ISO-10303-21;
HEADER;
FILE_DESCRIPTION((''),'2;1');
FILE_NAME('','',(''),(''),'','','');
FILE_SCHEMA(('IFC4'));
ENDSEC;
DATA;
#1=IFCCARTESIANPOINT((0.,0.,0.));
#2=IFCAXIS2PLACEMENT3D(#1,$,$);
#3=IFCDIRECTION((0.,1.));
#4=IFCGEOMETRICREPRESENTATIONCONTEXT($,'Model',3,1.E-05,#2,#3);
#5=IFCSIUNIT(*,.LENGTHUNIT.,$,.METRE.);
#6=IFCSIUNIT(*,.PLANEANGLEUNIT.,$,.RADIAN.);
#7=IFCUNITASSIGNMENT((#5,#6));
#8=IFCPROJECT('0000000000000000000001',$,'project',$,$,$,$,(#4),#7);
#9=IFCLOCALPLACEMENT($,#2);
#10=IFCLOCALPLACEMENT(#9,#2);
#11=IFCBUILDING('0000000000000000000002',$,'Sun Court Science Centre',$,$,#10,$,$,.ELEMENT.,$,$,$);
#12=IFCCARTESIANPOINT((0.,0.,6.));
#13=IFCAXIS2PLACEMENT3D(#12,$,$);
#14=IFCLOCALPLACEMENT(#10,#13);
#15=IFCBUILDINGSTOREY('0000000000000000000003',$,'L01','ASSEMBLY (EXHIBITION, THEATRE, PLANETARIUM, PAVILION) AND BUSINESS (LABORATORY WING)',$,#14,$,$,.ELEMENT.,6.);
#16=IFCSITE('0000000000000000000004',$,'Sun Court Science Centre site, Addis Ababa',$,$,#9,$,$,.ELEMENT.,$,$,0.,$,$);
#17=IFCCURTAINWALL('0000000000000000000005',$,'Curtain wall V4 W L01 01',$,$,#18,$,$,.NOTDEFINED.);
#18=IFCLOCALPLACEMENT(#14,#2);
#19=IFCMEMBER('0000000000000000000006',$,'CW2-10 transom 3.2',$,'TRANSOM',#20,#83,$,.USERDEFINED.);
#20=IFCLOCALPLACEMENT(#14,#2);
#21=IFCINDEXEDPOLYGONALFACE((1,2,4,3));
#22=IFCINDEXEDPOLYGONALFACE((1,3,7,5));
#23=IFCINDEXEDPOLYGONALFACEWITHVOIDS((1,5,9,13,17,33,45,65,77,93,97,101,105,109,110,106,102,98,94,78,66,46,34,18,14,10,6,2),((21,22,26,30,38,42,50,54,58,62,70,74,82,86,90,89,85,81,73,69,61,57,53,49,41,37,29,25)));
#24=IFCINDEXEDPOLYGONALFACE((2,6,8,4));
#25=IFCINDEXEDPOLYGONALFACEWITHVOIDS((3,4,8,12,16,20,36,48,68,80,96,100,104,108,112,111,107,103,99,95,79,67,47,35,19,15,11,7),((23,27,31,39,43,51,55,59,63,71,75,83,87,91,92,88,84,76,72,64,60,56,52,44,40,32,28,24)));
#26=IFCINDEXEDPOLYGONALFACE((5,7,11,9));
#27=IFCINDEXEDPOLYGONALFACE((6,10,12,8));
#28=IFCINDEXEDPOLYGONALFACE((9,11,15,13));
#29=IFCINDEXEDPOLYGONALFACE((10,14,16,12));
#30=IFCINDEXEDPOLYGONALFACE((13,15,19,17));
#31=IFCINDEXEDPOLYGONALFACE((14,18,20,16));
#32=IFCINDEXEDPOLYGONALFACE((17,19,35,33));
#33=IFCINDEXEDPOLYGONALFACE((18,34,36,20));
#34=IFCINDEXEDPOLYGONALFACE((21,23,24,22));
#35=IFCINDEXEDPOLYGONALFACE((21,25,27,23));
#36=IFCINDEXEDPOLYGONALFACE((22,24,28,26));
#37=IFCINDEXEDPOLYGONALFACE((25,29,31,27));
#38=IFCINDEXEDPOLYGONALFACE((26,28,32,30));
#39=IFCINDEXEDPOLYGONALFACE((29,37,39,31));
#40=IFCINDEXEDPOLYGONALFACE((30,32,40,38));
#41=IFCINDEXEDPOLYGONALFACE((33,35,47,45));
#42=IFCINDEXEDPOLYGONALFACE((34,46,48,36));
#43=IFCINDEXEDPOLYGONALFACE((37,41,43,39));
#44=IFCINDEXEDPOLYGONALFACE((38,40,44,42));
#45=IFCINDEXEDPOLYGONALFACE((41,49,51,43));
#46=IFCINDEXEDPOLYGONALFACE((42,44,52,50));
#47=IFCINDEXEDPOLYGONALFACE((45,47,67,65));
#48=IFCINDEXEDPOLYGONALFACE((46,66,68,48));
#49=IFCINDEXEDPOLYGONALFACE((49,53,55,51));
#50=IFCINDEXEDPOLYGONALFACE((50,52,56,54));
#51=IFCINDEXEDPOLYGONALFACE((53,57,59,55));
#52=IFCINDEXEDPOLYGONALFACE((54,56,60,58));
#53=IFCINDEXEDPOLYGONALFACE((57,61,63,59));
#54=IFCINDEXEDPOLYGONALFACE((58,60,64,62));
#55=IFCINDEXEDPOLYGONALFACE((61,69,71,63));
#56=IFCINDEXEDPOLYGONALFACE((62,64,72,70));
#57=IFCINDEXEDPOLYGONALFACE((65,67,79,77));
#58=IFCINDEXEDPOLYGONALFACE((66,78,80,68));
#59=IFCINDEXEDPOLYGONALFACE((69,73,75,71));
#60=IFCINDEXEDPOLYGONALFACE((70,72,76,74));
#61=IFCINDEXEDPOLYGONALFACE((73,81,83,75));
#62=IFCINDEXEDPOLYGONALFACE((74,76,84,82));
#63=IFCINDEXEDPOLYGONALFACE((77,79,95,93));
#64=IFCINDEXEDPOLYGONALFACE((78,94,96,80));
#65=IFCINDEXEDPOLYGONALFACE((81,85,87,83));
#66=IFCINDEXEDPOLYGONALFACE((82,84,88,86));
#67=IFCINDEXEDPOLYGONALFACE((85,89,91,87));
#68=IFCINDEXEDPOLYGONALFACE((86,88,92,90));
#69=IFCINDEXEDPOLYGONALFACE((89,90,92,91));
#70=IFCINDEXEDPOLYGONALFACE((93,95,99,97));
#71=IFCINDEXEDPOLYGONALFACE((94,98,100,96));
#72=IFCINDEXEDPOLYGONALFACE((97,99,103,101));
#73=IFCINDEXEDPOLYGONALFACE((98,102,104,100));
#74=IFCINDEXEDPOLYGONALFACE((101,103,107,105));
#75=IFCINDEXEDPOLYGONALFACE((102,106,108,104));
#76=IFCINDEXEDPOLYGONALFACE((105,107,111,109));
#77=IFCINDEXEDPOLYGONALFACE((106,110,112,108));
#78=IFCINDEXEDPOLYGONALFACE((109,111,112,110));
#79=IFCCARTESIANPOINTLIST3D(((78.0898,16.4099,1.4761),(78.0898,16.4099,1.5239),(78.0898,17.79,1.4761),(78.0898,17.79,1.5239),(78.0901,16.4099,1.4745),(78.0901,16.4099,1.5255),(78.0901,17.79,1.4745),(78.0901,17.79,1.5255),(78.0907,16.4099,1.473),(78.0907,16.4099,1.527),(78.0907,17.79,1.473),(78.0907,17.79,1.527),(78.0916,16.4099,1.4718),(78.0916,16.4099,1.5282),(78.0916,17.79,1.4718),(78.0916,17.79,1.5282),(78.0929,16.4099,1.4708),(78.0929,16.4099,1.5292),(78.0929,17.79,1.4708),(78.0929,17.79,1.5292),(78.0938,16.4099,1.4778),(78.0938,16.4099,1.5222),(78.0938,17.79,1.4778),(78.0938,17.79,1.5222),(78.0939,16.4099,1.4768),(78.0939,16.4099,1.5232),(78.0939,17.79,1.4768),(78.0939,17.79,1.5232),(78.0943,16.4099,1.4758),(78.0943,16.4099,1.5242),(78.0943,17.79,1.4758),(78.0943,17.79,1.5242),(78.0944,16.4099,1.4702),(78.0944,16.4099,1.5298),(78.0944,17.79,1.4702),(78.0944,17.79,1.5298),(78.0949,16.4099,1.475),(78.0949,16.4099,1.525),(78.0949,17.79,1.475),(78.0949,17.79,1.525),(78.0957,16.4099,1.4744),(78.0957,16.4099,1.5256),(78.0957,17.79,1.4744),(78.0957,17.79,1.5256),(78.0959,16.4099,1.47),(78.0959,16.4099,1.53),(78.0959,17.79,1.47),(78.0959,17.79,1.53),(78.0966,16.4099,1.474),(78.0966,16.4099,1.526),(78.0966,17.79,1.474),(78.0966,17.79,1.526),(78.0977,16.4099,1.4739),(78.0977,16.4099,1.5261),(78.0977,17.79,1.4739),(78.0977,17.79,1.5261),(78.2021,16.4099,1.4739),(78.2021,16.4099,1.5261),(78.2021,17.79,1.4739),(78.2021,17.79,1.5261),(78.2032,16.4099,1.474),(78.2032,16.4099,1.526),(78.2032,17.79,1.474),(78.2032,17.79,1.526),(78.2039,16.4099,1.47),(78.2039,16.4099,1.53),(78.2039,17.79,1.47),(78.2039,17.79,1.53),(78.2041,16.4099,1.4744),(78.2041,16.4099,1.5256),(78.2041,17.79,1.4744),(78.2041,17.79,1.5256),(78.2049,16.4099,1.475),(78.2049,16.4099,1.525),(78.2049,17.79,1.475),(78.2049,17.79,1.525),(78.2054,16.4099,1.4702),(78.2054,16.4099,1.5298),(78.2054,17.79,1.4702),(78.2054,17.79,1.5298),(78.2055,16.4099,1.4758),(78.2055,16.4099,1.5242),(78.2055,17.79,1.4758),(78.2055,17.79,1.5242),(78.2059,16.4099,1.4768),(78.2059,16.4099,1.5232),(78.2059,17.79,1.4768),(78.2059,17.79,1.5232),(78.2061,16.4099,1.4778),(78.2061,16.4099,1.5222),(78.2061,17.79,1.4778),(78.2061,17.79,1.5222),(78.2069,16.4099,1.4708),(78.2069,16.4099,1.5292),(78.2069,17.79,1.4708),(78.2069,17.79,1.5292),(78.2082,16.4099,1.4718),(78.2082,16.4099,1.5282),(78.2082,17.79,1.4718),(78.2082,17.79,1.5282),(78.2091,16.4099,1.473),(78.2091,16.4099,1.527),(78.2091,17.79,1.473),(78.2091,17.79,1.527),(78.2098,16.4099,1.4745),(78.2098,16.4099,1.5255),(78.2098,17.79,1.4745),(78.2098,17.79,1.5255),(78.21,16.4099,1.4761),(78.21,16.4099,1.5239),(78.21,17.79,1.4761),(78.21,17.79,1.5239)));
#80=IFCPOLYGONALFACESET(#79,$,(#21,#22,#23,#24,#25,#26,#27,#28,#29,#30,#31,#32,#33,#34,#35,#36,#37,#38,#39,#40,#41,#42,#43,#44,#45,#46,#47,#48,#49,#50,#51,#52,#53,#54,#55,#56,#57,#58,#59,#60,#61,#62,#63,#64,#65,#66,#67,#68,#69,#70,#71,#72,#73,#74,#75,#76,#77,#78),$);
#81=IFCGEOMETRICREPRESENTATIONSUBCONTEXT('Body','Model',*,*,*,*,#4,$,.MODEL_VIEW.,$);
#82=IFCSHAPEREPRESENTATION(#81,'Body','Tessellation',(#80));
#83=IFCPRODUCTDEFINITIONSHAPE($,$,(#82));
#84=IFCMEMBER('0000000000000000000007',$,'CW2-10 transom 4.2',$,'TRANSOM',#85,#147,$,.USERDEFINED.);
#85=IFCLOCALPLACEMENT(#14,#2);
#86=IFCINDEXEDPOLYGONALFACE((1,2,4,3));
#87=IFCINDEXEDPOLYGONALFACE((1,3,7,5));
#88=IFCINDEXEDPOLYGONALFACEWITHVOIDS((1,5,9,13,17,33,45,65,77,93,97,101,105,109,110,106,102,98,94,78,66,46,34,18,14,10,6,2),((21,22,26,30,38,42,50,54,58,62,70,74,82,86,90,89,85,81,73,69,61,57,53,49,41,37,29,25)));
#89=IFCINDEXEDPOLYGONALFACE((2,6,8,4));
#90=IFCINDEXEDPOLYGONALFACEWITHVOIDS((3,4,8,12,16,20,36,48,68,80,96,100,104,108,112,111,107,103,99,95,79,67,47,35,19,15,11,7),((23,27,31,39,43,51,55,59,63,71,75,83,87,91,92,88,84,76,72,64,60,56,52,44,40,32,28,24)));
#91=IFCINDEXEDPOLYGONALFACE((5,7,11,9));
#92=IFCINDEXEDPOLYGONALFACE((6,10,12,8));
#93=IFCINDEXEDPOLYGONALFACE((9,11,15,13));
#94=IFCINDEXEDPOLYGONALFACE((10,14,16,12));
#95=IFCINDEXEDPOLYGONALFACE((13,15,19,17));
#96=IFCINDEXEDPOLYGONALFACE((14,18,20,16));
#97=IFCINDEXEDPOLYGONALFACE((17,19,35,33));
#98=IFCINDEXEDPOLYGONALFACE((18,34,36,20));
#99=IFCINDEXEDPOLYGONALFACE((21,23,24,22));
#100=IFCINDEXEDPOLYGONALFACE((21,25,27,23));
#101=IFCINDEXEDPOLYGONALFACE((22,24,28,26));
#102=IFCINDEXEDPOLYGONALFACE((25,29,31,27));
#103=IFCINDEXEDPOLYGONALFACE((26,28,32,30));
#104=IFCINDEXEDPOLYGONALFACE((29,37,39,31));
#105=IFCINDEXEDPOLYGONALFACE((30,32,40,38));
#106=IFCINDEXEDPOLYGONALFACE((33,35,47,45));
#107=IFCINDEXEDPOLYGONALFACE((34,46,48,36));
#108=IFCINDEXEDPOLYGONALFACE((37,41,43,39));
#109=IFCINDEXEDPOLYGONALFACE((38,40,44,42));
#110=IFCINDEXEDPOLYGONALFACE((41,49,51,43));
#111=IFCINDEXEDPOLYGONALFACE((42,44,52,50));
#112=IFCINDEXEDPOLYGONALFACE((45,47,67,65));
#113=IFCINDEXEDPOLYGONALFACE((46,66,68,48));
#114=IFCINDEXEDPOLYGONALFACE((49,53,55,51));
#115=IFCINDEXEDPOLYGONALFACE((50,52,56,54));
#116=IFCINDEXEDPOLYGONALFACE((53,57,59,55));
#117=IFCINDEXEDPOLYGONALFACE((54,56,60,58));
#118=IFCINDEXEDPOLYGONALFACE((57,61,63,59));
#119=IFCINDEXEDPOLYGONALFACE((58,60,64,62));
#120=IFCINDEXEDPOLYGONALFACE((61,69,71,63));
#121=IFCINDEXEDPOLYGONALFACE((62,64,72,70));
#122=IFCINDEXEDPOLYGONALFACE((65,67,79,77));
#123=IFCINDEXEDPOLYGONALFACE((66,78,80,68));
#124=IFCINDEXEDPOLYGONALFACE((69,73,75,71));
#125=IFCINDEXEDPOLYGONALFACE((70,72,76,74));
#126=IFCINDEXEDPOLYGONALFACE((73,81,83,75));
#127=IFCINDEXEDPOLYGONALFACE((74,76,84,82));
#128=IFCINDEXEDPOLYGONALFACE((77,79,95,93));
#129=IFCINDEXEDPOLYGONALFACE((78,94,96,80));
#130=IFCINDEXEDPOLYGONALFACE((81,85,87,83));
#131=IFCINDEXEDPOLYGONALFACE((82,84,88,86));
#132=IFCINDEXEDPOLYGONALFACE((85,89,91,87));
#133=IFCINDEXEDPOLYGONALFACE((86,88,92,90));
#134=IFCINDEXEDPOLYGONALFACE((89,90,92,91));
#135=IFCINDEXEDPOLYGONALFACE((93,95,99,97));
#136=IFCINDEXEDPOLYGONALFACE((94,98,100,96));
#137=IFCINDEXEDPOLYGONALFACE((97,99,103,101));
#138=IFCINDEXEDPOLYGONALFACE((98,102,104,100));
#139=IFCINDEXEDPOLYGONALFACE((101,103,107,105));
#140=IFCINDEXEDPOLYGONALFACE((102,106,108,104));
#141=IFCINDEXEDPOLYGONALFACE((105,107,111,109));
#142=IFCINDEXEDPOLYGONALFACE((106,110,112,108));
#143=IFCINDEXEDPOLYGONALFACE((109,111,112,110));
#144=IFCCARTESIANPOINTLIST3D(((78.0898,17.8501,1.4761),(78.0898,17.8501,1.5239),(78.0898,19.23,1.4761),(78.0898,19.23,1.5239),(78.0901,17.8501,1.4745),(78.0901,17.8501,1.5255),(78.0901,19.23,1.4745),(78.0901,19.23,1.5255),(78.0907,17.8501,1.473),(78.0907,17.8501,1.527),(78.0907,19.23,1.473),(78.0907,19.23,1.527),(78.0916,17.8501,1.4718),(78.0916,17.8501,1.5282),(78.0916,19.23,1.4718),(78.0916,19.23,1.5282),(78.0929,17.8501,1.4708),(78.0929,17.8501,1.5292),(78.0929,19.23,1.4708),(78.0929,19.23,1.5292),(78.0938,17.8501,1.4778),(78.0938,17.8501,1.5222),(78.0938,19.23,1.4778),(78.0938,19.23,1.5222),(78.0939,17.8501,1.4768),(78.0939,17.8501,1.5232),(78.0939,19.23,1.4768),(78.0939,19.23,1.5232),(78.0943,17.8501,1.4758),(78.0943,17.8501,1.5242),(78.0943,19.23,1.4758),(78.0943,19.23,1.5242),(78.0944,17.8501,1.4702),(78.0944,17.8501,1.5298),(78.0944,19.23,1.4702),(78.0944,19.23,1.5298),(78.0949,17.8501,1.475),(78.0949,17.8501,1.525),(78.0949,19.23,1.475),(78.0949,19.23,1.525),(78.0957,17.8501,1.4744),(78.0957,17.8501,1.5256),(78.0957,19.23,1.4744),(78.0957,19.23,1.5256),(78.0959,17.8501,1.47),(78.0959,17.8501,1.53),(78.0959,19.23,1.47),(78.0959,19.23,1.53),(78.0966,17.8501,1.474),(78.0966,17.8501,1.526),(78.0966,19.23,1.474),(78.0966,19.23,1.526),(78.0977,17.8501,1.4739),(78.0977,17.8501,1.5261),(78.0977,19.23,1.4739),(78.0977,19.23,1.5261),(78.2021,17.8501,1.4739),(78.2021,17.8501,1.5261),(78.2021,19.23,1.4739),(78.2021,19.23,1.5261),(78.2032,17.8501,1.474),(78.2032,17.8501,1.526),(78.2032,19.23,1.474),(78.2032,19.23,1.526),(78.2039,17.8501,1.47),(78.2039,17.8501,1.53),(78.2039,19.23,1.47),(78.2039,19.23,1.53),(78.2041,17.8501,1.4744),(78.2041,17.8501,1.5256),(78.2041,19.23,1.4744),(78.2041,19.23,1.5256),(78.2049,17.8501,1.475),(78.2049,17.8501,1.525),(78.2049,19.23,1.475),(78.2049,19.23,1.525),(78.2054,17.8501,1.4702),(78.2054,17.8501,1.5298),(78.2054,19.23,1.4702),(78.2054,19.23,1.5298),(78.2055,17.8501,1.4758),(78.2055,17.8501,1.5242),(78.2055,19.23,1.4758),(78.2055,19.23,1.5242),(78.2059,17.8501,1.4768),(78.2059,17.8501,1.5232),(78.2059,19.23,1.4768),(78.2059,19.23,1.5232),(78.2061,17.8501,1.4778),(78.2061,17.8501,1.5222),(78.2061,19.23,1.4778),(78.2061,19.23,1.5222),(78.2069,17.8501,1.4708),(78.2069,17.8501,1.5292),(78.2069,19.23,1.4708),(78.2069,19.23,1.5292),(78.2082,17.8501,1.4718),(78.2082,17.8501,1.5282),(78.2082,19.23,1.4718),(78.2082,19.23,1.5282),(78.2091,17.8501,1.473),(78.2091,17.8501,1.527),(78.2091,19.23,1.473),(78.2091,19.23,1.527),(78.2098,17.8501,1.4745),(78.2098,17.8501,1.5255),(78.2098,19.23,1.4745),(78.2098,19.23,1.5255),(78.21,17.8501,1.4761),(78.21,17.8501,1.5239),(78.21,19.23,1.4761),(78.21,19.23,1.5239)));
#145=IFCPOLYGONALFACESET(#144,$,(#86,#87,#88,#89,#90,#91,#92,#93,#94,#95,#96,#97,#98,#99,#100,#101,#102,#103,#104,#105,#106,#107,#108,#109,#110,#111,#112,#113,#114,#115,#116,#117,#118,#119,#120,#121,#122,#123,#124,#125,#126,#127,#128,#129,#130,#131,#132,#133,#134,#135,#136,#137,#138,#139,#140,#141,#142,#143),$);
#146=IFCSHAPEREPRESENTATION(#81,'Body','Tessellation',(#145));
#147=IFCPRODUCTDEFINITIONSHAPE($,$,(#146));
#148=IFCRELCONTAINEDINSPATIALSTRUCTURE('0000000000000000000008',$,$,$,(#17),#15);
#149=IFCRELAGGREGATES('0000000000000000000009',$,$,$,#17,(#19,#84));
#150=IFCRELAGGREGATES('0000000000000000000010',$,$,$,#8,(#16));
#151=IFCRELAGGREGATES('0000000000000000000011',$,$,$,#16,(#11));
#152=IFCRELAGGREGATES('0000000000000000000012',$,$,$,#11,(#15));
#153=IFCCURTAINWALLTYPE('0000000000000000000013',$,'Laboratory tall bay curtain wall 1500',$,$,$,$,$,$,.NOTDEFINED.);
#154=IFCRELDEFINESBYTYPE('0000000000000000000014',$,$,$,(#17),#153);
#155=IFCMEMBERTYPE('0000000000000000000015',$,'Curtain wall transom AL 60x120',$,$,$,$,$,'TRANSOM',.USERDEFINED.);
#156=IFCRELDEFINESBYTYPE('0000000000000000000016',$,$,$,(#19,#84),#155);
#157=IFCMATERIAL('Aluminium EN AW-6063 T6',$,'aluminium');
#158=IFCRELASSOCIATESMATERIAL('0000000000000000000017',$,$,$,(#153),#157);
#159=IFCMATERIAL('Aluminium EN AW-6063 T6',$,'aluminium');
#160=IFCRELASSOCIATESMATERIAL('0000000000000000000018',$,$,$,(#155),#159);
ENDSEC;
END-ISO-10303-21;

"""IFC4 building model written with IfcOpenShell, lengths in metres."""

from ifc_helpers import new_model, si_unit, direction, frame, origin, origin_2d, place, context, subcontext, project, spatial, hollow_rectangle, extrude, material, material_profile, profile_set, type_object, element, aggregate, save


model = new_model("IFC4")

# Units and contexts
model_context = context("Model", 3, precision=1e-05, world=origin(), true_north=direction((0.0, 1.0)))
body_context = subcontext(model_context, "Body", "Model", "MODEL_VIEW")
ifc_project = project(units=[si_unit("LENGTHUNIT", "METRE"), si_unit("PLANEANGLEUNIT", "RADIAN")], contexts=[model_context])

# Site, building, storey
site_placement = place(None, origin())
site = spatial("IfcSite", under=ifc_project, at=site_placement, Name="Sun Court Science Centre site, Addis Ababa", CompositionType="ELEMENT", RefElevation=0.0)
building_placement = place(site_placement, origin())
building = spatial("IfcBuilding", under=site, at=building_placement, Name="Sun Court Science Centre", CompositionType="ELEMENT")
storey_placement = place(building_placement, frame((0.0, 0.0, 6.0)))
storey = spatial("IfcBuildingStorey", under=building, at=storey_placement, Name="L01", Description="ASSEMBLY (EXHIBITION, THEATRE, PLANETARIUM, PAVILION) AND BUSINESS (LABORATORY WING)", CompositionType="ELEMENT", Elevation=6.0)

# Curtain wall, members
ifc_material_1 = material(Name="Aluminium EN AW-6063 T6", Category="aluminium")
curtain_wall_type = type_object("IfcCurtainWallType", Name="Laboratory tall bay curtain wall 1500", PredefinedType="NOTDEFINED", material=ifc_material_1)
curtain_wall_placement = place(storey_placement, origin())
curtain_wall = element("IfcCurtainWall", 1, at=curtain_wall_placement, inside=storey, type_object=curtain_wall_type, Name="Curtain wall V4 W L01 01", PredefinedType="NOTDEFINED")
ifc_material_2 = material(Name="Aluminium EN AW-6063 T6", Category="aluminium")
ifc_material_profile_1 = material_profile(ifc_material_2, hollow_rectangle(XDim=0.0601, YDim=0.1201, WallThickness=0.0039, InnerFilletRadius=0.0039, OuterFilletRadius=0.0061, at=origin_2d()), Name="AL 60x120x4")
ifc_profile_set_1 = profile_set([ifc_material_profile_1], Name="Aluminium EN AW-6063 T6")
member_type_1 = type_object("IfcMemberType", Name="Curtain wall transom AL 60x120", ElementType="TRANSOM", PredefinedType="USERDEFINED", material=ifc_profile_set_1)
member_1_placement = place(storey_placement, frame((78.1499, 16.4099, 1.5), z_axis=(0.0, 1.0, 0.0), x_axis=(0.0, 0.0, 1.0)))
member_1 = element("IfcMember", 2, at=member_1_placement, type_object=member_type_1, Name="CW2-10 transom 3.2", ObjectType="TRANSOM", PredefinedType="USERDEFINED", context=body_context, shape_type="SweptSolid", body=[
    extrude(hollow_rectangle(XDim=0.0601, YDim=0.1201, WallThickness=0.0039, InnerFilletRadius=0.0039, OuterFilletRadius=0.0061, at=origin_2d()), origin(), (0.0, 0.0, 1.0), 1.3801),
])
member_2_placement = place(storey_placement, frame((78.1499, 17.8501, 1.5), z_axis=(0.0, 1.0, 0.0), x_axis=(0.0, 0.0, 1.0)))
member_2 = element("IfcMember", 3, at=member_2_placement, type_object=member_type_1, Name="CW2-10 transom 4.2", ObjectType="TRANSOM", PredefinedType="USERDEFINED", context=body_context, shape_type="SweptSolid", body=[
    extrude(hollow_rectangle(XDim=0.0601, YDim=0.1201, WallThickness=0.0039, InnerFilletRadius=0.0039, OuterFilletRadius=0.0061, at=origin_2d()), origin(), (0.0, 0.0, 1.0), 1.3799),
])

aggregate(curtain_wall, [member_1, member_2])

save(model, "model.ifc")
